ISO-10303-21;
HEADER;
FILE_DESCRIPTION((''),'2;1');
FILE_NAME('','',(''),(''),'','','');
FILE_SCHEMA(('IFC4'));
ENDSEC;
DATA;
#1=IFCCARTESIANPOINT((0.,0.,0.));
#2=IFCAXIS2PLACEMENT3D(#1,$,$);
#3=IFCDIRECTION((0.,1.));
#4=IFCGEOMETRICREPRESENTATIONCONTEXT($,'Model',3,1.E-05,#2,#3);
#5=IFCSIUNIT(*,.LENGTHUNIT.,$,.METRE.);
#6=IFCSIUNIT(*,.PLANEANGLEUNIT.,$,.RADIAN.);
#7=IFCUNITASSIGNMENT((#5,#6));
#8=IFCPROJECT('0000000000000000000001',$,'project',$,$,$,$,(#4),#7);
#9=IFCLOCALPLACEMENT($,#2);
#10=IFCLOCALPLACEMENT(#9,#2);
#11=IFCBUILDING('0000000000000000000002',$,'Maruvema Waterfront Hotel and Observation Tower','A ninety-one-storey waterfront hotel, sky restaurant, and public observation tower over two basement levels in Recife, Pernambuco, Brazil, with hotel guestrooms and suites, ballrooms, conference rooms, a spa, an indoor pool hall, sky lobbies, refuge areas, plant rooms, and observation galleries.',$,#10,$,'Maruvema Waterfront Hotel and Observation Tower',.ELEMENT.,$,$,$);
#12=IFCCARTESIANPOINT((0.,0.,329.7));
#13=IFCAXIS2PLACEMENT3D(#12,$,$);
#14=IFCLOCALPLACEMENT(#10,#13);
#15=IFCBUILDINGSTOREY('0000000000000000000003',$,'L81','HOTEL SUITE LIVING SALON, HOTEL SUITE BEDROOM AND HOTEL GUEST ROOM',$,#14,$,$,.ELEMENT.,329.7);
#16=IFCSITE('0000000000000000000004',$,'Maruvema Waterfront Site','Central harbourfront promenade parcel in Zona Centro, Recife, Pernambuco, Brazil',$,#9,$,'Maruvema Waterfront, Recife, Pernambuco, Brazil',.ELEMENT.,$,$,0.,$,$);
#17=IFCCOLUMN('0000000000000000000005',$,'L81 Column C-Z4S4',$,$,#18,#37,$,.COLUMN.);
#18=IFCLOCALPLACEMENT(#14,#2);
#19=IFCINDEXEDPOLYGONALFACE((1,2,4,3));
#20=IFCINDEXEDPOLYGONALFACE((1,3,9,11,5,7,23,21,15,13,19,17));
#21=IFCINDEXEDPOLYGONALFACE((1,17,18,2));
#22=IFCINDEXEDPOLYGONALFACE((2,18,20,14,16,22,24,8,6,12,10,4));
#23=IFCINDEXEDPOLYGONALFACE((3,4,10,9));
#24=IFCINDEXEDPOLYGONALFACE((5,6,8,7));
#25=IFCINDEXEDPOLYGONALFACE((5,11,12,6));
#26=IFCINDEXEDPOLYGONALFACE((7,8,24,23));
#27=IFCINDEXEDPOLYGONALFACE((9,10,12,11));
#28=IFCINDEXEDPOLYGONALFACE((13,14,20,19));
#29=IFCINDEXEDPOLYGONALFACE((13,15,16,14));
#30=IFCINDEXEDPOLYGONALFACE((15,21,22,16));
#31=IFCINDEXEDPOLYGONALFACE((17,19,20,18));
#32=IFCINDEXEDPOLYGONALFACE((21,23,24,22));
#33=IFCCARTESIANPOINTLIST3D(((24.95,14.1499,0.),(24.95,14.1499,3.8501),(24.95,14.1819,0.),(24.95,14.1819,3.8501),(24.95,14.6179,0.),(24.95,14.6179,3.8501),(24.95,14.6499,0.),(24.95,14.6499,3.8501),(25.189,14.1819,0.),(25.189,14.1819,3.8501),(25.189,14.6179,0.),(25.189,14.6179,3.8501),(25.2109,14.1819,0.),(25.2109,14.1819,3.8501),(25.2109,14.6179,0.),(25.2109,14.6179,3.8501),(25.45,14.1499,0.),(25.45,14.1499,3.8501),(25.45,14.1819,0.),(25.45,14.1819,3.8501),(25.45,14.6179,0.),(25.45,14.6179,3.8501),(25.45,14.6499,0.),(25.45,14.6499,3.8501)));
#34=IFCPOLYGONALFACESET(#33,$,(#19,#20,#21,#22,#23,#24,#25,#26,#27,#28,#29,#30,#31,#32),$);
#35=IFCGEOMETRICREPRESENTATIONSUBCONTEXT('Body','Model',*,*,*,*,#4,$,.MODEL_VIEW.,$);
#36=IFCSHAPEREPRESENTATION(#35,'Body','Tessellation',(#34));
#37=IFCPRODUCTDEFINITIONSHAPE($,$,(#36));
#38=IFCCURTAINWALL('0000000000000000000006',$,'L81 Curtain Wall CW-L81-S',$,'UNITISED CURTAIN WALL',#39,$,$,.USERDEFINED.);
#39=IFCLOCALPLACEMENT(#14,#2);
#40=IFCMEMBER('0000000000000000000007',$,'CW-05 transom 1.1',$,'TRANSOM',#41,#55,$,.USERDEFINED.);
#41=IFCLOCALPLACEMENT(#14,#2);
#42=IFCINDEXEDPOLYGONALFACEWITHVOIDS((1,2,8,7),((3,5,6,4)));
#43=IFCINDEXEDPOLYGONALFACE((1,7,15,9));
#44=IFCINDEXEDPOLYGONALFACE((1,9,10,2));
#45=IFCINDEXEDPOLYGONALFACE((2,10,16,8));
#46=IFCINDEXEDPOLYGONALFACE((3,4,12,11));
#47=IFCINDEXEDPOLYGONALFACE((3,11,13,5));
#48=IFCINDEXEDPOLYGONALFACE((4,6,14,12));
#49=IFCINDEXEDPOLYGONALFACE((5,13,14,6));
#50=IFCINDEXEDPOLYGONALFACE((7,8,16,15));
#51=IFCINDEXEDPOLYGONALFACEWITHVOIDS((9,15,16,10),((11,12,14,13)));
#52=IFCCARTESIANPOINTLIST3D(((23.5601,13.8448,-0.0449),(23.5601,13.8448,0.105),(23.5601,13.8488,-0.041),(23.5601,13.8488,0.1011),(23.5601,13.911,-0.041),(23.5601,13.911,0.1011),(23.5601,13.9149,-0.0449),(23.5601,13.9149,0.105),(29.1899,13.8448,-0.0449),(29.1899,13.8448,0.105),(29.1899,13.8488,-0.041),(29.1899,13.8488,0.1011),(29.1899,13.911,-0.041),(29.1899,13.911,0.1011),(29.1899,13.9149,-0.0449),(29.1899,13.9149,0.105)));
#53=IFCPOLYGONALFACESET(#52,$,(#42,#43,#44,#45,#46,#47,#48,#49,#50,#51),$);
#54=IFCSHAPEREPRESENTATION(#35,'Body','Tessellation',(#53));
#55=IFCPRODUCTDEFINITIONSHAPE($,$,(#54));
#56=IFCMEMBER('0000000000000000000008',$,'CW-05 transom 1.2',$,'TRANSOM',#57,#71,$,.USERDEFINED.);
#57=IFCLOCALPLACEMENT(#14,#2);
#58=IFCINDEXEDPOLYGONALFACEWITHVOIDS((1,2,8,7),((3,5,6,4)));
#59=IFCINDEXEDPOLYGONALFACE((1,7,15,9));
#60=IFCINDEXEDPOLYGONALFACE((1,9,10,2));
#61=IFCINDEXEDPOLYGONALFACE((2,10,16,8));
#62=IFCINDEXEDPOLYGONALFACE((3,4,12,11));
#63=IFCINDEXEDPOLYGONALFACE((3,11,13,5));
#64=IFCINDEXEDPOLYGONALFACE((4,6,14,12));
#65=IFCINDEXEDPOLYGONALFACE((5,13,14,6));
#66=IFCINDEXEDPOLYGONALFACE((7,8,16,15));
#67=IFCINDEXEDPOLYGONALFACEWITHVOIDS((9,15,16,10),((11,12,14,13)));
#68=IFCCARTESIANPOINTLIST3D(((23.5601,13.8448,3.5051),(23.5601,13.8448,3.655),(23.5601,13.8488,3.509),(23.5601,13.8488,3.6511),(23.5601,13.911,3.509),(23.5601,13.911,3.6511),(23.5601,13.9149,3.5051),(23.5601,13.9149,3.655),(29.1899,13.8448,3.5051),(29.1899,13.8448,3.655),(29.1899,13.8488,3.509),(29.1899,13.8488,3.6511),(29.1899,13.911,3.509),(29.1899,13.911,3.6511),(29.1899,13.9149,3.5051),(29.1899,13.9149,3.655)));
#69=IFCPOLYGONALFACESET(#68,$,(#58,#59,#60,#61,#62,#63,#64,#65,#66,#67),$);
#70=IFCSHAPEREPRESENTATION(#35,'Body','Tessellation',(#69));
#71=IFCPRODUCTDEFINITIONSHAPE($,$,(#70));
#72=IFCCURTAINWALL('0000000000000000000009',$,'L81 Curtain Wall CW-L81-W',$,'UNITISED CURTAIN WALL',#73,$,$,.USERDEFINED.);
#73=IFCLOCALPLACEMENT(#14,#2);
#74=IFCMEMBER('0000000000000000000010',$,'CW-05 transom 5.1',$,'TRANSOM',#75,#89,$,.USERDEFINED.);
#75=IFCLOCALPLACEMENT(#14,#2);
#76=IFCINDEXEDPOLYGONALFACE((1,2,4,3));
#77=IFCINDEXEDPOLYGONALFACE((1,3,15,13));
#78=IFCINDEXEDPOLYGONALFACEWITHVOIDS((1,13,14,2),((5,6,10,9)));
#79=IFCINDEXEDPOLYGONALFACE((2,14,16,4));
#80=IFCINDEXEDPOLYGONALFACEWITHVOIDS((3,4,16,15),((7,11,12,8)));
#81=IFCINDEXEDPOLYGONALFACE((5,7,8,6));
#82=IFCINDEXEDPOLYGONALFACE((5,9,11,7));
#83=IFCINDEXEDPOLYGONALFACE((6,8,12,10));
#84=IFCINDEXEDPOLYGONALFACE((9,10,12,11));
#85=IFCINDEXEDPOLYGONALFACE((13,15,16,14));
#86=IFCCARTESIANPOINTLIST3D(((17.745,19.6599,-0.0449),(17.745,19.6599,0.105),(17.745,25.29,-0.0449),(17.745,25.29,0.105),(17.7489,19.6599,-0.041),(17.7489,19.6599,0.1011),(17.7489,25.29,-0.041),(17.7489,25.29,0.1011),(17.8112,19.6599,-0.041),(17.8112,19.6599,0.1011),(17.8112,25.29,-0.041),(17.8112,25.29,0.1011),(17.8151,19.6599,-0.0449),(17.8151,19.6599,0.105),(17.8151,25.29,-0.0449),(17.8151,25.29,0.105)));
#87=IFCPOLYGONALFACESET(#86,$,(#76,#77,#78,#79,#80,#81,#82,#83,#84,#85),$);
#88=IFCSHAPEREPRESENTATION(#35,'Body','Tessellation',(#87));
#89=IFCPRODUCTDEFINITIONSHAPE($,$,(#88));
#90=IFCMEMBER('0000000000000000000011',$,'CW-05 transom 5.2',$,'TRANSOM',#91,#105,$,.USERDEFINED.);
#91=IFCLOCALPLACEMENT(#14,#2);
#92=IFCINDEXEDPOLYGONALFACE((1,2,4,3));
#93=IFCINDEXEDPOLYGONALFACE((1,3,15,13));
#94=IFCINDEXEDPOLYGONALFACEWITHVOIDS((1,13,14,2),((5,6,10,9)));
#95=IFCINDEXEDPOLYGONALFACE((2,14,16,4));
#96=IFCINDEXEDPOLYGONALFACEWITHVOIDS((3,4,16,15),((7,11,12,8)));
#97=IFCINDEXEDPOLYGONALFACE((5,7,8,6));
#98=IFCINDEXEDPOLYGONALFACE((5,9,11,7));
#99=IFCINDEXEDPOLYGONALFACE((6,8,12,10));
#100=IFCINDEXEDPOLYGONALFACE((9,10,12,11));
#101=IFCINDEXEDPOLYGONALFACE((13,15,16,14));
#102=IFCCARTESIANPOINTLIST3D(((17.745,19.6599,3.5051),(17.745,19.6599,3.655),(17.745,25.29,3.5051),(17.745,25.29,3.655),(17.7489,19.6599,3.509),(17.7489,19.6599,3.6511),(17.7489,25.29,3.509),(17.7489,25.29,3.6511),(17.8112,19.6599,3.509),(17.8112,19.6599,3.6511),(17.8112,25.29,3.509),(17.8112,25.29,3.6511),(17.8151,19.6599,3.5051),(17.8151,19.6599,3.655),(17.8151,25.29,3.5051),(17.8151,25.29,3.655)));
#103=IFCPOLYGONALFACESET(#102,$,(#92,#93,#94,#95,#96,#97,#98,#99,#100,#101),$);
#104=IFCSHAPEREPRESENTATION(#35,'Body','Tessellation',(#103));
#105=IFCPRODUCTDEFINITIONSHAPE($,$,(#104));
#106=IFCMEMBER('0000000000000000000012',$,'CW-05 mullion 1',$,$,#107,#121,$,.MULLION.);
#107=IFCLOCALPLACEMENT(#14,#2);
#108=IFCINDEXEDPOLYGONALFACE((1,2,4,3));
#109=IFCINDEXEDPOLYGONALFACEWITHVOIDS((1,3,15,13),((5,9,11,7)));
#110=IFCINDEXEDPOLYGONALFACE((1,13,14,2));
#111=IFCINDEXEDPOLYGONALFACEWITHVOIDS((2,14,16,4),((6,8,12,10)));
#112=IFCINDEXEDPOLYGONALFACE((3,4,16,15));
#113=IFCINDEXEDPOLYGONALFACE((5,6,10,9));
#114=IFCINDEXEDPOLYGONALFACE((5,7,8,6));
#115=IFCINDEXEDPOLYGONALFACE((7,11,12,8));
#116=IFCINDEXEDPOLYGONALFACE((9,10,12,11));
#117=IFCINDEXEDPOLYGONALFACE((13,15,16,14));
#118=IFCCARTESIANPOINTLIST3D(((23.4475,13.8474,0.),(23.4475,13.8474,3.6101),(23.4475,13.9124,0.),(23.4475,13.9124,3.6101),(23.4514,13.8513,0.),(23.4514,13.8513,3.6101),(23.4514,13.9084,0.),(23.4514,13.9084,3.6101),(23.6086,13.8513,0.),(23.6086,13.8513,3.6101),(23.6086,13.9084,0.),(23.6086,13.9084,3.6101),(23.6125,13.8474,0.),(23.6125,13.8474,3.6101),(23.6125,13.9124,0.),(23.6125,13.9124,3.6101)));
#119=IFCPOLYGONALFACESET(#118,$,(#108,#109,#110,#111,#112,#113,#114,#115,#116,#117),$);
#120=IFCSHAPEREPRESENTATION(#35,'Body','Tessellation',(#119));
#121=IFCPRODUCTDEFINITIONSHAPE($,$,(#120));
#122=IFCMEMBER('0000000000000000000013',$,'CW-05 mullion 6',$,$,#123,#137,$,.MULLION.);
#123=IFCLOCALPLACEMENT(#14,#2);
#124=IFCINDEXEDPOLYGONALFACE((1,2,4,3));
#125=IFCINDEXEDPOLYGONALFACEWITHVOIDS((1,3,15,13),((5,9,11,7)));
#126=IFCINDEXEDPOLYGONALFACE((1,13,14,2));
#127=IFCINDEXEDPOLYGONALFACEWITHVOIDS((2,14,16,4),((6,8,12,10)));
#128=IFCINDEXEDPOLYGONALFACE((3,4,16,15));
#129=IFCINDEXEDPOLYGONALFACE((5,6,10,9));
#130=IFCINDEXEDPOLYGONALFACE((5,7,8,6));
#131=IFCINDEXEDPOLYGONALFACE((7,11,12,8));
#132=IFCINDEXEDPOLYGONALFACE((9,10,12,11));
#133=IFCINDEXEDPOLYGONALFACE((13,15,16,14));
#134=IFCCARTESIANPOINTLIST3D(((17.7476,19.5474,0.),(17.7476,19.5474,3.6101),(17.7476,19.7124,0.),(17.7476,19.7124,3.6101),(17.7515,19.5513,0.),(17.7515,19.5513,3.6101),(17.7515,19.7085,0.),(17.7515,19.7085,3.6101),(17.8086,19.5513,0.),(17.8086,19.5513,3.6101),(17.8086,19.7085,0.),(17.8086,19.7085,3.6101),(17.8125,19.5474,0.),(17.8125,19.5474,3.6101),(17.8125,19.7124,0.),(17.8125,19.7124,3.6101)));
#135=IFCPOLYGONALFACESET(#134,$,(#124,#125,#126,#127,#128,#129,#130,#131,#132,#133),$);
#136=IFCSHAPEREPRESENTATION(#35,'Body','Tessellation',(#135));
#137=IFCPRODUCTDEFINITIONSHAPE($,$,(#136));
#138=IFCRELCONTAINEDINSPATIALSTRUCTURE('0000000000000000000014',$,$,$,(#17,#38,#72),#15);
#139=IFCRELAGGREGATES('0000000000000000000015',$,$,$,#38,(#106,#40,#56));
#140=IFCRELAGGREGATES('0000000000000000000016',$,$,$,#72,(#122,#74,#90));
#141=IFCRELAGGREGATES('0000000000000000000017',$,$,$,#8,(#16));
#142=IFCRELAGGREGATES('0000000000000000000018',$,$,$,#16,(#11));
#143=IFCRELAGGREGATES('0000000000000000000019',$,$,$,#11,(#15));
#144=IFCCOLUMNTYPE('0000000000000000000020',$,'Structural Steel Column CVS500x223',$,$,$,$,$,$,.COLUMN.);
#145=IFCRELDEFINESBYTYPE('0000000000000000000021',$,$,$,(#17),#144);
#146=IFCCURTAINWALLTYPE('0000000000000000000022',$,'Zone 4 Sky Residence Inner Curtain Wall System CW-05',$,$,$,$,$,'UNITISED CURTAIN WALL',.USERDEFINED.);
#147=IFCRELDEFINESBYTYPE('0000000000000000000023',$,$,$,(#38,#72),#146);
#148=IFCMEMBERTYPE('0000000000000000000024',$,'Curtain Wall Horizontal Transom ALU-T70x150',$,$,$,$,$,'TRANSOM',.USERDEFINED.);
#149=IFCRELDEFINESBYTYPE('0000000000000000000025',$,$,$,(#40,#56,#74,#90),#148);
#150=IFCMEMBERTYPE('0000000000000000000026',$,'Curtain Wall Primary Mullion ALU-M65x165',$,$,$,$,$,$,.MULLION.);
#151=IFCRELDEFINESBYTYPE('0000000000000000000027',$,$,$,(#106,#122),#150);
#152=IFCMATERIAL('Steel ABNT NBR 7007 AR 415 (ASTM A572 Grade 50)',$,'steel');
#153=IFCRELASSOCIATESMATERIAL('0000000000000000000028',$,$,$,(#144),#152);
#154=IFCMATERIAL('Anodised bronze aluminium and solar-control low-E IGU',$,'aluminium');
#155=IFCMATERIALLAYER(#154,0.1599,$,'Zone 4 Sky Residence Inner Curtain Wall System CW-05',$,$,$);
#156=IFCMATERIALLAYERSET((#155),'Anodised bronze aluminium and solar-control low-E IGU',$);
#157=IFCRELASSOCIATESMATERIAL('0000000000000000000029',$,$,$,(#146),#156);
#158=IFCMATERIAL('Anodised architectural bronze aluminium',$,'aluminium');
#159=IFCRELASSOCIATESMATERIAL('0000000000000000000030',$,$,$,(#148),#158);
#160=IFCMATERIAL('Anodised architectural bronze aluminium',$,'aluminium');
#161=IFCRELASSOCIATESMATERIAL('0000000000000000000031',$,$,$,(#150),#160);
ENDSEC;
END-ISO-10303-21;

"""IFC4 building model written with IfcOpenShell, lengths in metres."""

from ifc_helpers import new_model, si_unit, direction, frame, origin, origin_2d, place, context, subcontext, project, spatial, hollow_rectangle, i_section, extrude, material, layer, layer_set, material_profile, profile_set, type_object, element, aggregate, save


model = new_model("IFC4")

# Units and contexts
model_context = context("Model", 3, precision=1e-05, world=origin(), true_north=direction((0.0, 1.0)))
body_context = subcontext(model_context, "Body", "Model", "MODEL_VIEW")
ifc_project = project(units=[si_unit("LENGTHUNIT", "METRE"), si_unit("PLANEANGLEUNIT", "RADIAN")], contexts=[model_context])

# Site, building, storey
site_placement = place(None, origin())
site = spatial("IfcSite", under=ifc_project, at=site_placement, Name="Maruvema Waterfront Site", Description="Central harbourfront promenade parcel in Zona Centro, Recife, Pernambuco, Brazil", LongName="Maruvema Waterfront, Recife, Pernambuco, Brazil", CompositionType="ELEMENT", RefElevation=0.0)
building_placement = place(site_placement, origin())
building = spatial("IfcBuilding", under=site, at=building_placement, Name="Maruvema Waterfront Hotel and Observation Tower", Description="A ninety-one-storey waterfront hotel, sky restaurant, and public observation tower over two basement levels in Recife, Pernambuco, Brazil, with hotel guestrooms and suites, ballrooms, conference rooms, a spa, an indoor pool hall, sky lobbies, refuge areas, plant rooms, and observation galleries.", LongName="Maruvema Waterfront Hotel and Observation Tower", CompositionType="ELEMENT")
storey_placement = place(building_placement, frame((0.0, 0.0, 329.7)))
storey = spatial("IfcBuildingStorey", under=building, at=storey_placement, Name="L81", Description="HOTEL SUITE LIVING SALON, HOTEL SUITE BEDROOM AND HOTEL GUEST ROOM", CompositionType="ELEMENT", Elevation=329.7)

# Column
ifc_material_1 = material(Name="Steel ABNT NBR 7007 AR 415 (ASTM A572 Grade 50)", Category="steel")
ifc_material_profile_1 = material_profile(ifc_material_1, i_section(OverallWidth=0.5, OverallDepth=0.5, WebThickness=0.022, FlangeThickness=0.032, at=origin_2d()), Name="CVS500x223")
ifc_profile_set_1 = profile_set([ifc_material_profile_1], Name="Steel ABNT NBR 7007 AR 415 (ASTM A572 Grade 50)")
column_type = type_object("IfcColumnType", Name="Structural Steel Column CVS500x223", PredefinedType="COLUMN", material=ifc_profile_set_1)
column_placement = place(storey_placement, frame((25.2, 14.3999, 0.0), z_axis=(0.0, 0.0, 1.0), x_axis=(1.0, 0.0, 0.0)))
element("IfcColumn", 1, at=column_placement, inside=storey, type_object=column_type, Name="L81 Column C-Z4S4", PredefinedType="COLUMN", context=body_context, shape_type="SweptSolid", body=[
    extrude(i_section(OverallWidth=0.5, OverallDepth=0.5, WebThickness=0.022, FlangeThickness=0.032, at=origin_2d()), origin(), (0.0, 0.0, 1.0), 3.8501),
])

# Curtain walls, members
ifc_material_2 = material(Name="Anodised bronze aluminium and solar-control low-E IGU", Category="aluminium")
ifc_layer_1 = layer(ifc_material_2, 0.1599, Name="Zone 4 Sky Residence Inner Curtain Wall System CW-05")
ifc_layer_set_1 = layer_set([ifc_layer_1], Name="Anodised bronze aluminium and solar-control low-E IGU")
curtain_wall_type = type_object("IfcCurtainWallType", Name="Zone 4 Sky Residence Inner Curtain Wall System CW-05", ElementType="UNITISED CURTAIN WALL", PredefinedType="USERDEFINED", material=ifc_layer_set_1)
curtain_wall_1_placement = place(storey_placement, origin())
curtain_wall_1 = element("IfcCurtainWall", 2, at=curtain_wall_1_placement, inside=storey, type_object=curtain_wall_type, Name="L81 Curtain Wall CW-L81-S", ObjectType="UNITISED CURTAIN WALL", PredefinedType="USERDEFINED")
ifc_material_3 = material(Name="Anodised architectural bronze aluminium", Category="aluminium")
ifc_material_profile_2 = material_profile(ifc_material_3, hollow_rectangle(XDim=0.0701, YDim=0.1499, WallThickness=0.0039, at=origin_2d()), Name="ALU-T70x150")
ifc_profile_set_2 = profile_set([ifc_material_profile_2], Name="Anodised architectural bronze aluminium")
member_type_1 = type_object("IfcMemberType", Name="Curtain Wall Horizontal Transom ALU-T70x150", ElementType="TRANSOM", PredefinedType="USERDEFINED", material=ifc_profile_set_2)
member_1_placement = place(storey_placement, frame((23.5601, 13.8799, 0.03), z_axis=(1.0, 0.0, 0.0), x_axis=(0.0, 1.0, 0.0)))
member_1 = element("IfcMember", 3, at=member_1_placement, type_object=member_type_1, Name="CW-05 transom 1.1", ObjectType="TRANSOM", PredefinedType="USERDEFINED", context=body_context, shape_type="SweptSolid", body=[
    extrude(hollow_rectangle(XDim=0.0701, YDim=0.1499, WallThickness=0.0039, at=origin_2d()), origin(), (0.0, 0.0, 1.0), 5.6299),
])
member_2_placement = place(storey_placement, frame((23.5601, 13.8799, 3.5801), z_axis=(1.0, 0.0, 0.0), x_axis=(0.0, 1.0, 0.0)))
member_2 = element("IfcMember", 4, at=member_2_placement, type_object=member_type_1, Name="CW-05 transom 1.2", ObjectType="TRANSOM", PredefinedType="USERDEFINED", context=body_context, shape_type="SweptSolid", body=[
    extrude(hollow_rectangle(XDim=0.0701, YDim=0.1499, WallThickness=0.0039, at=origin_2d()), origin(), (0.0, 0.0, 1.0), 5.6299),
])
curtain_wall_2_placement = place(storey_placement, origin())
curtain_wall_2 = element("IfcCurtainWall", 5, at=curtain_wall_2_placement, inside=storey, type_object=curtain_wall_type, Name="L81 Curtain Wall CW-L81-W", ObjectType="UNITISED CURTAIN WALL", PredefinedType="USERDEFINED")
member_3_placement = place(storey_placement, frame((17.78, 25.29, 0.03), z_axis=(0.0, -1.0, 0.0), x_axis=(1.0, 0.0, 0.0)))
member_3 = element("IfcMember", 6, at=member_3_placement, type_object=member_type_1, Name="CW-05 transom 5.1", ObjectType="TRANSOM", PredefinedType="USERDEFINED", context=body_context, shape_type="SweptSolid", body=[
    extrude(hollow_rectangle(XDim=0.0701, YDim=0.1499, WallThickness=0.0039, at=origin_2d()), origin(), (0.0, 0.0, 1.0), 5.6301),
])
member_4_placement = place(storey_placement, frame((17.78, 25.29, 3.5801), z_axis=(0.0, -1.0, 0.0), x_axis=(1.0, 0.0, 0.0)))
member_4 = element("IfcMember", 7, at=member_4_placement, type_object=member_type_1, Name="CW-05 transom 5.2", ObjectType="TRANSOM", PredefinedType="USERDEFINED", context=body_context, shape_type="SweptSolid", body=[
    extrude(hollow_rectangle(XDim=0.0701, YDim=0.1499, WallThickness=0.0039, at=origin_2d()), origin(), (0.0, 0.0, 1.0), 5.6301),
])

# Members
ifc_material_4 = material(Name="Anodised architectural bronze aluminium", Category="aluminium")
ifc_material_profile_3 = material_profile(ifc_material_4, hollow_rectangle(XDim=0.0649, YDim=0.165, WallThickness=0.0039, at=origin_2d()), Name="ALU-M65x165")
ifc_profile_set_3 = profile_set([ifc_material_profile_3], Name="Anodised architectural bronze aluminium")
member_type_2 = type_object("IfcMemberType", Name="Curtain Wall Primary Mullion ALU-M65x165", PredefinedType="MULLION", material=ifc_profile_set_3)
member_5_placement = place(storey_placement, frame((23.53, 13.8799, 0.0), z_axis=(0.0, 0.0, 1.0), x_axis=(0.0, 1.0, 0.0)))
member_5 = element("IfcMember", 8, at=member_5_placement, type_object=member_type_2, Name="CW-05 mullion 1", PredefinedType="MULLION", context=body_context, shape_type="SweptSolid", body=[
    extrude(hollow_rectangle(XDim=0.0649, YDim=0.165, WallThickness=0.0039, at=origin_2d()), origin(), (0.0, 0.0, 1.0), 3.6101),
])
aggregate(curtain_wall_1, [member_5, member_1, member_2])
member_6_placement = place(storey_placement, frame((17.78, 19.6299, 0.0), z_axis=(0.0, 0.0, 1.0), x_axis=(1.0, 0.0, 0.0)))
member_6 = element("IfcMember", 9, at=member_6_placement, type_object=member_type_2, Name="CW-05 mullion 6", PredefinedType="MULLION", context=body_context, shape_type="SweptSolid", body=[
    extrude(hollow_rectangle(XDim=0.0649, YDim=0.165, WallThickness=0.0039, at=origin_2d()), origin(), (0.0, 0.0, 1.0), 3.6101),
])

aggregate(curtain_wall_2, [member_6, member_3, member_4])

save(model, "model.ifc")
